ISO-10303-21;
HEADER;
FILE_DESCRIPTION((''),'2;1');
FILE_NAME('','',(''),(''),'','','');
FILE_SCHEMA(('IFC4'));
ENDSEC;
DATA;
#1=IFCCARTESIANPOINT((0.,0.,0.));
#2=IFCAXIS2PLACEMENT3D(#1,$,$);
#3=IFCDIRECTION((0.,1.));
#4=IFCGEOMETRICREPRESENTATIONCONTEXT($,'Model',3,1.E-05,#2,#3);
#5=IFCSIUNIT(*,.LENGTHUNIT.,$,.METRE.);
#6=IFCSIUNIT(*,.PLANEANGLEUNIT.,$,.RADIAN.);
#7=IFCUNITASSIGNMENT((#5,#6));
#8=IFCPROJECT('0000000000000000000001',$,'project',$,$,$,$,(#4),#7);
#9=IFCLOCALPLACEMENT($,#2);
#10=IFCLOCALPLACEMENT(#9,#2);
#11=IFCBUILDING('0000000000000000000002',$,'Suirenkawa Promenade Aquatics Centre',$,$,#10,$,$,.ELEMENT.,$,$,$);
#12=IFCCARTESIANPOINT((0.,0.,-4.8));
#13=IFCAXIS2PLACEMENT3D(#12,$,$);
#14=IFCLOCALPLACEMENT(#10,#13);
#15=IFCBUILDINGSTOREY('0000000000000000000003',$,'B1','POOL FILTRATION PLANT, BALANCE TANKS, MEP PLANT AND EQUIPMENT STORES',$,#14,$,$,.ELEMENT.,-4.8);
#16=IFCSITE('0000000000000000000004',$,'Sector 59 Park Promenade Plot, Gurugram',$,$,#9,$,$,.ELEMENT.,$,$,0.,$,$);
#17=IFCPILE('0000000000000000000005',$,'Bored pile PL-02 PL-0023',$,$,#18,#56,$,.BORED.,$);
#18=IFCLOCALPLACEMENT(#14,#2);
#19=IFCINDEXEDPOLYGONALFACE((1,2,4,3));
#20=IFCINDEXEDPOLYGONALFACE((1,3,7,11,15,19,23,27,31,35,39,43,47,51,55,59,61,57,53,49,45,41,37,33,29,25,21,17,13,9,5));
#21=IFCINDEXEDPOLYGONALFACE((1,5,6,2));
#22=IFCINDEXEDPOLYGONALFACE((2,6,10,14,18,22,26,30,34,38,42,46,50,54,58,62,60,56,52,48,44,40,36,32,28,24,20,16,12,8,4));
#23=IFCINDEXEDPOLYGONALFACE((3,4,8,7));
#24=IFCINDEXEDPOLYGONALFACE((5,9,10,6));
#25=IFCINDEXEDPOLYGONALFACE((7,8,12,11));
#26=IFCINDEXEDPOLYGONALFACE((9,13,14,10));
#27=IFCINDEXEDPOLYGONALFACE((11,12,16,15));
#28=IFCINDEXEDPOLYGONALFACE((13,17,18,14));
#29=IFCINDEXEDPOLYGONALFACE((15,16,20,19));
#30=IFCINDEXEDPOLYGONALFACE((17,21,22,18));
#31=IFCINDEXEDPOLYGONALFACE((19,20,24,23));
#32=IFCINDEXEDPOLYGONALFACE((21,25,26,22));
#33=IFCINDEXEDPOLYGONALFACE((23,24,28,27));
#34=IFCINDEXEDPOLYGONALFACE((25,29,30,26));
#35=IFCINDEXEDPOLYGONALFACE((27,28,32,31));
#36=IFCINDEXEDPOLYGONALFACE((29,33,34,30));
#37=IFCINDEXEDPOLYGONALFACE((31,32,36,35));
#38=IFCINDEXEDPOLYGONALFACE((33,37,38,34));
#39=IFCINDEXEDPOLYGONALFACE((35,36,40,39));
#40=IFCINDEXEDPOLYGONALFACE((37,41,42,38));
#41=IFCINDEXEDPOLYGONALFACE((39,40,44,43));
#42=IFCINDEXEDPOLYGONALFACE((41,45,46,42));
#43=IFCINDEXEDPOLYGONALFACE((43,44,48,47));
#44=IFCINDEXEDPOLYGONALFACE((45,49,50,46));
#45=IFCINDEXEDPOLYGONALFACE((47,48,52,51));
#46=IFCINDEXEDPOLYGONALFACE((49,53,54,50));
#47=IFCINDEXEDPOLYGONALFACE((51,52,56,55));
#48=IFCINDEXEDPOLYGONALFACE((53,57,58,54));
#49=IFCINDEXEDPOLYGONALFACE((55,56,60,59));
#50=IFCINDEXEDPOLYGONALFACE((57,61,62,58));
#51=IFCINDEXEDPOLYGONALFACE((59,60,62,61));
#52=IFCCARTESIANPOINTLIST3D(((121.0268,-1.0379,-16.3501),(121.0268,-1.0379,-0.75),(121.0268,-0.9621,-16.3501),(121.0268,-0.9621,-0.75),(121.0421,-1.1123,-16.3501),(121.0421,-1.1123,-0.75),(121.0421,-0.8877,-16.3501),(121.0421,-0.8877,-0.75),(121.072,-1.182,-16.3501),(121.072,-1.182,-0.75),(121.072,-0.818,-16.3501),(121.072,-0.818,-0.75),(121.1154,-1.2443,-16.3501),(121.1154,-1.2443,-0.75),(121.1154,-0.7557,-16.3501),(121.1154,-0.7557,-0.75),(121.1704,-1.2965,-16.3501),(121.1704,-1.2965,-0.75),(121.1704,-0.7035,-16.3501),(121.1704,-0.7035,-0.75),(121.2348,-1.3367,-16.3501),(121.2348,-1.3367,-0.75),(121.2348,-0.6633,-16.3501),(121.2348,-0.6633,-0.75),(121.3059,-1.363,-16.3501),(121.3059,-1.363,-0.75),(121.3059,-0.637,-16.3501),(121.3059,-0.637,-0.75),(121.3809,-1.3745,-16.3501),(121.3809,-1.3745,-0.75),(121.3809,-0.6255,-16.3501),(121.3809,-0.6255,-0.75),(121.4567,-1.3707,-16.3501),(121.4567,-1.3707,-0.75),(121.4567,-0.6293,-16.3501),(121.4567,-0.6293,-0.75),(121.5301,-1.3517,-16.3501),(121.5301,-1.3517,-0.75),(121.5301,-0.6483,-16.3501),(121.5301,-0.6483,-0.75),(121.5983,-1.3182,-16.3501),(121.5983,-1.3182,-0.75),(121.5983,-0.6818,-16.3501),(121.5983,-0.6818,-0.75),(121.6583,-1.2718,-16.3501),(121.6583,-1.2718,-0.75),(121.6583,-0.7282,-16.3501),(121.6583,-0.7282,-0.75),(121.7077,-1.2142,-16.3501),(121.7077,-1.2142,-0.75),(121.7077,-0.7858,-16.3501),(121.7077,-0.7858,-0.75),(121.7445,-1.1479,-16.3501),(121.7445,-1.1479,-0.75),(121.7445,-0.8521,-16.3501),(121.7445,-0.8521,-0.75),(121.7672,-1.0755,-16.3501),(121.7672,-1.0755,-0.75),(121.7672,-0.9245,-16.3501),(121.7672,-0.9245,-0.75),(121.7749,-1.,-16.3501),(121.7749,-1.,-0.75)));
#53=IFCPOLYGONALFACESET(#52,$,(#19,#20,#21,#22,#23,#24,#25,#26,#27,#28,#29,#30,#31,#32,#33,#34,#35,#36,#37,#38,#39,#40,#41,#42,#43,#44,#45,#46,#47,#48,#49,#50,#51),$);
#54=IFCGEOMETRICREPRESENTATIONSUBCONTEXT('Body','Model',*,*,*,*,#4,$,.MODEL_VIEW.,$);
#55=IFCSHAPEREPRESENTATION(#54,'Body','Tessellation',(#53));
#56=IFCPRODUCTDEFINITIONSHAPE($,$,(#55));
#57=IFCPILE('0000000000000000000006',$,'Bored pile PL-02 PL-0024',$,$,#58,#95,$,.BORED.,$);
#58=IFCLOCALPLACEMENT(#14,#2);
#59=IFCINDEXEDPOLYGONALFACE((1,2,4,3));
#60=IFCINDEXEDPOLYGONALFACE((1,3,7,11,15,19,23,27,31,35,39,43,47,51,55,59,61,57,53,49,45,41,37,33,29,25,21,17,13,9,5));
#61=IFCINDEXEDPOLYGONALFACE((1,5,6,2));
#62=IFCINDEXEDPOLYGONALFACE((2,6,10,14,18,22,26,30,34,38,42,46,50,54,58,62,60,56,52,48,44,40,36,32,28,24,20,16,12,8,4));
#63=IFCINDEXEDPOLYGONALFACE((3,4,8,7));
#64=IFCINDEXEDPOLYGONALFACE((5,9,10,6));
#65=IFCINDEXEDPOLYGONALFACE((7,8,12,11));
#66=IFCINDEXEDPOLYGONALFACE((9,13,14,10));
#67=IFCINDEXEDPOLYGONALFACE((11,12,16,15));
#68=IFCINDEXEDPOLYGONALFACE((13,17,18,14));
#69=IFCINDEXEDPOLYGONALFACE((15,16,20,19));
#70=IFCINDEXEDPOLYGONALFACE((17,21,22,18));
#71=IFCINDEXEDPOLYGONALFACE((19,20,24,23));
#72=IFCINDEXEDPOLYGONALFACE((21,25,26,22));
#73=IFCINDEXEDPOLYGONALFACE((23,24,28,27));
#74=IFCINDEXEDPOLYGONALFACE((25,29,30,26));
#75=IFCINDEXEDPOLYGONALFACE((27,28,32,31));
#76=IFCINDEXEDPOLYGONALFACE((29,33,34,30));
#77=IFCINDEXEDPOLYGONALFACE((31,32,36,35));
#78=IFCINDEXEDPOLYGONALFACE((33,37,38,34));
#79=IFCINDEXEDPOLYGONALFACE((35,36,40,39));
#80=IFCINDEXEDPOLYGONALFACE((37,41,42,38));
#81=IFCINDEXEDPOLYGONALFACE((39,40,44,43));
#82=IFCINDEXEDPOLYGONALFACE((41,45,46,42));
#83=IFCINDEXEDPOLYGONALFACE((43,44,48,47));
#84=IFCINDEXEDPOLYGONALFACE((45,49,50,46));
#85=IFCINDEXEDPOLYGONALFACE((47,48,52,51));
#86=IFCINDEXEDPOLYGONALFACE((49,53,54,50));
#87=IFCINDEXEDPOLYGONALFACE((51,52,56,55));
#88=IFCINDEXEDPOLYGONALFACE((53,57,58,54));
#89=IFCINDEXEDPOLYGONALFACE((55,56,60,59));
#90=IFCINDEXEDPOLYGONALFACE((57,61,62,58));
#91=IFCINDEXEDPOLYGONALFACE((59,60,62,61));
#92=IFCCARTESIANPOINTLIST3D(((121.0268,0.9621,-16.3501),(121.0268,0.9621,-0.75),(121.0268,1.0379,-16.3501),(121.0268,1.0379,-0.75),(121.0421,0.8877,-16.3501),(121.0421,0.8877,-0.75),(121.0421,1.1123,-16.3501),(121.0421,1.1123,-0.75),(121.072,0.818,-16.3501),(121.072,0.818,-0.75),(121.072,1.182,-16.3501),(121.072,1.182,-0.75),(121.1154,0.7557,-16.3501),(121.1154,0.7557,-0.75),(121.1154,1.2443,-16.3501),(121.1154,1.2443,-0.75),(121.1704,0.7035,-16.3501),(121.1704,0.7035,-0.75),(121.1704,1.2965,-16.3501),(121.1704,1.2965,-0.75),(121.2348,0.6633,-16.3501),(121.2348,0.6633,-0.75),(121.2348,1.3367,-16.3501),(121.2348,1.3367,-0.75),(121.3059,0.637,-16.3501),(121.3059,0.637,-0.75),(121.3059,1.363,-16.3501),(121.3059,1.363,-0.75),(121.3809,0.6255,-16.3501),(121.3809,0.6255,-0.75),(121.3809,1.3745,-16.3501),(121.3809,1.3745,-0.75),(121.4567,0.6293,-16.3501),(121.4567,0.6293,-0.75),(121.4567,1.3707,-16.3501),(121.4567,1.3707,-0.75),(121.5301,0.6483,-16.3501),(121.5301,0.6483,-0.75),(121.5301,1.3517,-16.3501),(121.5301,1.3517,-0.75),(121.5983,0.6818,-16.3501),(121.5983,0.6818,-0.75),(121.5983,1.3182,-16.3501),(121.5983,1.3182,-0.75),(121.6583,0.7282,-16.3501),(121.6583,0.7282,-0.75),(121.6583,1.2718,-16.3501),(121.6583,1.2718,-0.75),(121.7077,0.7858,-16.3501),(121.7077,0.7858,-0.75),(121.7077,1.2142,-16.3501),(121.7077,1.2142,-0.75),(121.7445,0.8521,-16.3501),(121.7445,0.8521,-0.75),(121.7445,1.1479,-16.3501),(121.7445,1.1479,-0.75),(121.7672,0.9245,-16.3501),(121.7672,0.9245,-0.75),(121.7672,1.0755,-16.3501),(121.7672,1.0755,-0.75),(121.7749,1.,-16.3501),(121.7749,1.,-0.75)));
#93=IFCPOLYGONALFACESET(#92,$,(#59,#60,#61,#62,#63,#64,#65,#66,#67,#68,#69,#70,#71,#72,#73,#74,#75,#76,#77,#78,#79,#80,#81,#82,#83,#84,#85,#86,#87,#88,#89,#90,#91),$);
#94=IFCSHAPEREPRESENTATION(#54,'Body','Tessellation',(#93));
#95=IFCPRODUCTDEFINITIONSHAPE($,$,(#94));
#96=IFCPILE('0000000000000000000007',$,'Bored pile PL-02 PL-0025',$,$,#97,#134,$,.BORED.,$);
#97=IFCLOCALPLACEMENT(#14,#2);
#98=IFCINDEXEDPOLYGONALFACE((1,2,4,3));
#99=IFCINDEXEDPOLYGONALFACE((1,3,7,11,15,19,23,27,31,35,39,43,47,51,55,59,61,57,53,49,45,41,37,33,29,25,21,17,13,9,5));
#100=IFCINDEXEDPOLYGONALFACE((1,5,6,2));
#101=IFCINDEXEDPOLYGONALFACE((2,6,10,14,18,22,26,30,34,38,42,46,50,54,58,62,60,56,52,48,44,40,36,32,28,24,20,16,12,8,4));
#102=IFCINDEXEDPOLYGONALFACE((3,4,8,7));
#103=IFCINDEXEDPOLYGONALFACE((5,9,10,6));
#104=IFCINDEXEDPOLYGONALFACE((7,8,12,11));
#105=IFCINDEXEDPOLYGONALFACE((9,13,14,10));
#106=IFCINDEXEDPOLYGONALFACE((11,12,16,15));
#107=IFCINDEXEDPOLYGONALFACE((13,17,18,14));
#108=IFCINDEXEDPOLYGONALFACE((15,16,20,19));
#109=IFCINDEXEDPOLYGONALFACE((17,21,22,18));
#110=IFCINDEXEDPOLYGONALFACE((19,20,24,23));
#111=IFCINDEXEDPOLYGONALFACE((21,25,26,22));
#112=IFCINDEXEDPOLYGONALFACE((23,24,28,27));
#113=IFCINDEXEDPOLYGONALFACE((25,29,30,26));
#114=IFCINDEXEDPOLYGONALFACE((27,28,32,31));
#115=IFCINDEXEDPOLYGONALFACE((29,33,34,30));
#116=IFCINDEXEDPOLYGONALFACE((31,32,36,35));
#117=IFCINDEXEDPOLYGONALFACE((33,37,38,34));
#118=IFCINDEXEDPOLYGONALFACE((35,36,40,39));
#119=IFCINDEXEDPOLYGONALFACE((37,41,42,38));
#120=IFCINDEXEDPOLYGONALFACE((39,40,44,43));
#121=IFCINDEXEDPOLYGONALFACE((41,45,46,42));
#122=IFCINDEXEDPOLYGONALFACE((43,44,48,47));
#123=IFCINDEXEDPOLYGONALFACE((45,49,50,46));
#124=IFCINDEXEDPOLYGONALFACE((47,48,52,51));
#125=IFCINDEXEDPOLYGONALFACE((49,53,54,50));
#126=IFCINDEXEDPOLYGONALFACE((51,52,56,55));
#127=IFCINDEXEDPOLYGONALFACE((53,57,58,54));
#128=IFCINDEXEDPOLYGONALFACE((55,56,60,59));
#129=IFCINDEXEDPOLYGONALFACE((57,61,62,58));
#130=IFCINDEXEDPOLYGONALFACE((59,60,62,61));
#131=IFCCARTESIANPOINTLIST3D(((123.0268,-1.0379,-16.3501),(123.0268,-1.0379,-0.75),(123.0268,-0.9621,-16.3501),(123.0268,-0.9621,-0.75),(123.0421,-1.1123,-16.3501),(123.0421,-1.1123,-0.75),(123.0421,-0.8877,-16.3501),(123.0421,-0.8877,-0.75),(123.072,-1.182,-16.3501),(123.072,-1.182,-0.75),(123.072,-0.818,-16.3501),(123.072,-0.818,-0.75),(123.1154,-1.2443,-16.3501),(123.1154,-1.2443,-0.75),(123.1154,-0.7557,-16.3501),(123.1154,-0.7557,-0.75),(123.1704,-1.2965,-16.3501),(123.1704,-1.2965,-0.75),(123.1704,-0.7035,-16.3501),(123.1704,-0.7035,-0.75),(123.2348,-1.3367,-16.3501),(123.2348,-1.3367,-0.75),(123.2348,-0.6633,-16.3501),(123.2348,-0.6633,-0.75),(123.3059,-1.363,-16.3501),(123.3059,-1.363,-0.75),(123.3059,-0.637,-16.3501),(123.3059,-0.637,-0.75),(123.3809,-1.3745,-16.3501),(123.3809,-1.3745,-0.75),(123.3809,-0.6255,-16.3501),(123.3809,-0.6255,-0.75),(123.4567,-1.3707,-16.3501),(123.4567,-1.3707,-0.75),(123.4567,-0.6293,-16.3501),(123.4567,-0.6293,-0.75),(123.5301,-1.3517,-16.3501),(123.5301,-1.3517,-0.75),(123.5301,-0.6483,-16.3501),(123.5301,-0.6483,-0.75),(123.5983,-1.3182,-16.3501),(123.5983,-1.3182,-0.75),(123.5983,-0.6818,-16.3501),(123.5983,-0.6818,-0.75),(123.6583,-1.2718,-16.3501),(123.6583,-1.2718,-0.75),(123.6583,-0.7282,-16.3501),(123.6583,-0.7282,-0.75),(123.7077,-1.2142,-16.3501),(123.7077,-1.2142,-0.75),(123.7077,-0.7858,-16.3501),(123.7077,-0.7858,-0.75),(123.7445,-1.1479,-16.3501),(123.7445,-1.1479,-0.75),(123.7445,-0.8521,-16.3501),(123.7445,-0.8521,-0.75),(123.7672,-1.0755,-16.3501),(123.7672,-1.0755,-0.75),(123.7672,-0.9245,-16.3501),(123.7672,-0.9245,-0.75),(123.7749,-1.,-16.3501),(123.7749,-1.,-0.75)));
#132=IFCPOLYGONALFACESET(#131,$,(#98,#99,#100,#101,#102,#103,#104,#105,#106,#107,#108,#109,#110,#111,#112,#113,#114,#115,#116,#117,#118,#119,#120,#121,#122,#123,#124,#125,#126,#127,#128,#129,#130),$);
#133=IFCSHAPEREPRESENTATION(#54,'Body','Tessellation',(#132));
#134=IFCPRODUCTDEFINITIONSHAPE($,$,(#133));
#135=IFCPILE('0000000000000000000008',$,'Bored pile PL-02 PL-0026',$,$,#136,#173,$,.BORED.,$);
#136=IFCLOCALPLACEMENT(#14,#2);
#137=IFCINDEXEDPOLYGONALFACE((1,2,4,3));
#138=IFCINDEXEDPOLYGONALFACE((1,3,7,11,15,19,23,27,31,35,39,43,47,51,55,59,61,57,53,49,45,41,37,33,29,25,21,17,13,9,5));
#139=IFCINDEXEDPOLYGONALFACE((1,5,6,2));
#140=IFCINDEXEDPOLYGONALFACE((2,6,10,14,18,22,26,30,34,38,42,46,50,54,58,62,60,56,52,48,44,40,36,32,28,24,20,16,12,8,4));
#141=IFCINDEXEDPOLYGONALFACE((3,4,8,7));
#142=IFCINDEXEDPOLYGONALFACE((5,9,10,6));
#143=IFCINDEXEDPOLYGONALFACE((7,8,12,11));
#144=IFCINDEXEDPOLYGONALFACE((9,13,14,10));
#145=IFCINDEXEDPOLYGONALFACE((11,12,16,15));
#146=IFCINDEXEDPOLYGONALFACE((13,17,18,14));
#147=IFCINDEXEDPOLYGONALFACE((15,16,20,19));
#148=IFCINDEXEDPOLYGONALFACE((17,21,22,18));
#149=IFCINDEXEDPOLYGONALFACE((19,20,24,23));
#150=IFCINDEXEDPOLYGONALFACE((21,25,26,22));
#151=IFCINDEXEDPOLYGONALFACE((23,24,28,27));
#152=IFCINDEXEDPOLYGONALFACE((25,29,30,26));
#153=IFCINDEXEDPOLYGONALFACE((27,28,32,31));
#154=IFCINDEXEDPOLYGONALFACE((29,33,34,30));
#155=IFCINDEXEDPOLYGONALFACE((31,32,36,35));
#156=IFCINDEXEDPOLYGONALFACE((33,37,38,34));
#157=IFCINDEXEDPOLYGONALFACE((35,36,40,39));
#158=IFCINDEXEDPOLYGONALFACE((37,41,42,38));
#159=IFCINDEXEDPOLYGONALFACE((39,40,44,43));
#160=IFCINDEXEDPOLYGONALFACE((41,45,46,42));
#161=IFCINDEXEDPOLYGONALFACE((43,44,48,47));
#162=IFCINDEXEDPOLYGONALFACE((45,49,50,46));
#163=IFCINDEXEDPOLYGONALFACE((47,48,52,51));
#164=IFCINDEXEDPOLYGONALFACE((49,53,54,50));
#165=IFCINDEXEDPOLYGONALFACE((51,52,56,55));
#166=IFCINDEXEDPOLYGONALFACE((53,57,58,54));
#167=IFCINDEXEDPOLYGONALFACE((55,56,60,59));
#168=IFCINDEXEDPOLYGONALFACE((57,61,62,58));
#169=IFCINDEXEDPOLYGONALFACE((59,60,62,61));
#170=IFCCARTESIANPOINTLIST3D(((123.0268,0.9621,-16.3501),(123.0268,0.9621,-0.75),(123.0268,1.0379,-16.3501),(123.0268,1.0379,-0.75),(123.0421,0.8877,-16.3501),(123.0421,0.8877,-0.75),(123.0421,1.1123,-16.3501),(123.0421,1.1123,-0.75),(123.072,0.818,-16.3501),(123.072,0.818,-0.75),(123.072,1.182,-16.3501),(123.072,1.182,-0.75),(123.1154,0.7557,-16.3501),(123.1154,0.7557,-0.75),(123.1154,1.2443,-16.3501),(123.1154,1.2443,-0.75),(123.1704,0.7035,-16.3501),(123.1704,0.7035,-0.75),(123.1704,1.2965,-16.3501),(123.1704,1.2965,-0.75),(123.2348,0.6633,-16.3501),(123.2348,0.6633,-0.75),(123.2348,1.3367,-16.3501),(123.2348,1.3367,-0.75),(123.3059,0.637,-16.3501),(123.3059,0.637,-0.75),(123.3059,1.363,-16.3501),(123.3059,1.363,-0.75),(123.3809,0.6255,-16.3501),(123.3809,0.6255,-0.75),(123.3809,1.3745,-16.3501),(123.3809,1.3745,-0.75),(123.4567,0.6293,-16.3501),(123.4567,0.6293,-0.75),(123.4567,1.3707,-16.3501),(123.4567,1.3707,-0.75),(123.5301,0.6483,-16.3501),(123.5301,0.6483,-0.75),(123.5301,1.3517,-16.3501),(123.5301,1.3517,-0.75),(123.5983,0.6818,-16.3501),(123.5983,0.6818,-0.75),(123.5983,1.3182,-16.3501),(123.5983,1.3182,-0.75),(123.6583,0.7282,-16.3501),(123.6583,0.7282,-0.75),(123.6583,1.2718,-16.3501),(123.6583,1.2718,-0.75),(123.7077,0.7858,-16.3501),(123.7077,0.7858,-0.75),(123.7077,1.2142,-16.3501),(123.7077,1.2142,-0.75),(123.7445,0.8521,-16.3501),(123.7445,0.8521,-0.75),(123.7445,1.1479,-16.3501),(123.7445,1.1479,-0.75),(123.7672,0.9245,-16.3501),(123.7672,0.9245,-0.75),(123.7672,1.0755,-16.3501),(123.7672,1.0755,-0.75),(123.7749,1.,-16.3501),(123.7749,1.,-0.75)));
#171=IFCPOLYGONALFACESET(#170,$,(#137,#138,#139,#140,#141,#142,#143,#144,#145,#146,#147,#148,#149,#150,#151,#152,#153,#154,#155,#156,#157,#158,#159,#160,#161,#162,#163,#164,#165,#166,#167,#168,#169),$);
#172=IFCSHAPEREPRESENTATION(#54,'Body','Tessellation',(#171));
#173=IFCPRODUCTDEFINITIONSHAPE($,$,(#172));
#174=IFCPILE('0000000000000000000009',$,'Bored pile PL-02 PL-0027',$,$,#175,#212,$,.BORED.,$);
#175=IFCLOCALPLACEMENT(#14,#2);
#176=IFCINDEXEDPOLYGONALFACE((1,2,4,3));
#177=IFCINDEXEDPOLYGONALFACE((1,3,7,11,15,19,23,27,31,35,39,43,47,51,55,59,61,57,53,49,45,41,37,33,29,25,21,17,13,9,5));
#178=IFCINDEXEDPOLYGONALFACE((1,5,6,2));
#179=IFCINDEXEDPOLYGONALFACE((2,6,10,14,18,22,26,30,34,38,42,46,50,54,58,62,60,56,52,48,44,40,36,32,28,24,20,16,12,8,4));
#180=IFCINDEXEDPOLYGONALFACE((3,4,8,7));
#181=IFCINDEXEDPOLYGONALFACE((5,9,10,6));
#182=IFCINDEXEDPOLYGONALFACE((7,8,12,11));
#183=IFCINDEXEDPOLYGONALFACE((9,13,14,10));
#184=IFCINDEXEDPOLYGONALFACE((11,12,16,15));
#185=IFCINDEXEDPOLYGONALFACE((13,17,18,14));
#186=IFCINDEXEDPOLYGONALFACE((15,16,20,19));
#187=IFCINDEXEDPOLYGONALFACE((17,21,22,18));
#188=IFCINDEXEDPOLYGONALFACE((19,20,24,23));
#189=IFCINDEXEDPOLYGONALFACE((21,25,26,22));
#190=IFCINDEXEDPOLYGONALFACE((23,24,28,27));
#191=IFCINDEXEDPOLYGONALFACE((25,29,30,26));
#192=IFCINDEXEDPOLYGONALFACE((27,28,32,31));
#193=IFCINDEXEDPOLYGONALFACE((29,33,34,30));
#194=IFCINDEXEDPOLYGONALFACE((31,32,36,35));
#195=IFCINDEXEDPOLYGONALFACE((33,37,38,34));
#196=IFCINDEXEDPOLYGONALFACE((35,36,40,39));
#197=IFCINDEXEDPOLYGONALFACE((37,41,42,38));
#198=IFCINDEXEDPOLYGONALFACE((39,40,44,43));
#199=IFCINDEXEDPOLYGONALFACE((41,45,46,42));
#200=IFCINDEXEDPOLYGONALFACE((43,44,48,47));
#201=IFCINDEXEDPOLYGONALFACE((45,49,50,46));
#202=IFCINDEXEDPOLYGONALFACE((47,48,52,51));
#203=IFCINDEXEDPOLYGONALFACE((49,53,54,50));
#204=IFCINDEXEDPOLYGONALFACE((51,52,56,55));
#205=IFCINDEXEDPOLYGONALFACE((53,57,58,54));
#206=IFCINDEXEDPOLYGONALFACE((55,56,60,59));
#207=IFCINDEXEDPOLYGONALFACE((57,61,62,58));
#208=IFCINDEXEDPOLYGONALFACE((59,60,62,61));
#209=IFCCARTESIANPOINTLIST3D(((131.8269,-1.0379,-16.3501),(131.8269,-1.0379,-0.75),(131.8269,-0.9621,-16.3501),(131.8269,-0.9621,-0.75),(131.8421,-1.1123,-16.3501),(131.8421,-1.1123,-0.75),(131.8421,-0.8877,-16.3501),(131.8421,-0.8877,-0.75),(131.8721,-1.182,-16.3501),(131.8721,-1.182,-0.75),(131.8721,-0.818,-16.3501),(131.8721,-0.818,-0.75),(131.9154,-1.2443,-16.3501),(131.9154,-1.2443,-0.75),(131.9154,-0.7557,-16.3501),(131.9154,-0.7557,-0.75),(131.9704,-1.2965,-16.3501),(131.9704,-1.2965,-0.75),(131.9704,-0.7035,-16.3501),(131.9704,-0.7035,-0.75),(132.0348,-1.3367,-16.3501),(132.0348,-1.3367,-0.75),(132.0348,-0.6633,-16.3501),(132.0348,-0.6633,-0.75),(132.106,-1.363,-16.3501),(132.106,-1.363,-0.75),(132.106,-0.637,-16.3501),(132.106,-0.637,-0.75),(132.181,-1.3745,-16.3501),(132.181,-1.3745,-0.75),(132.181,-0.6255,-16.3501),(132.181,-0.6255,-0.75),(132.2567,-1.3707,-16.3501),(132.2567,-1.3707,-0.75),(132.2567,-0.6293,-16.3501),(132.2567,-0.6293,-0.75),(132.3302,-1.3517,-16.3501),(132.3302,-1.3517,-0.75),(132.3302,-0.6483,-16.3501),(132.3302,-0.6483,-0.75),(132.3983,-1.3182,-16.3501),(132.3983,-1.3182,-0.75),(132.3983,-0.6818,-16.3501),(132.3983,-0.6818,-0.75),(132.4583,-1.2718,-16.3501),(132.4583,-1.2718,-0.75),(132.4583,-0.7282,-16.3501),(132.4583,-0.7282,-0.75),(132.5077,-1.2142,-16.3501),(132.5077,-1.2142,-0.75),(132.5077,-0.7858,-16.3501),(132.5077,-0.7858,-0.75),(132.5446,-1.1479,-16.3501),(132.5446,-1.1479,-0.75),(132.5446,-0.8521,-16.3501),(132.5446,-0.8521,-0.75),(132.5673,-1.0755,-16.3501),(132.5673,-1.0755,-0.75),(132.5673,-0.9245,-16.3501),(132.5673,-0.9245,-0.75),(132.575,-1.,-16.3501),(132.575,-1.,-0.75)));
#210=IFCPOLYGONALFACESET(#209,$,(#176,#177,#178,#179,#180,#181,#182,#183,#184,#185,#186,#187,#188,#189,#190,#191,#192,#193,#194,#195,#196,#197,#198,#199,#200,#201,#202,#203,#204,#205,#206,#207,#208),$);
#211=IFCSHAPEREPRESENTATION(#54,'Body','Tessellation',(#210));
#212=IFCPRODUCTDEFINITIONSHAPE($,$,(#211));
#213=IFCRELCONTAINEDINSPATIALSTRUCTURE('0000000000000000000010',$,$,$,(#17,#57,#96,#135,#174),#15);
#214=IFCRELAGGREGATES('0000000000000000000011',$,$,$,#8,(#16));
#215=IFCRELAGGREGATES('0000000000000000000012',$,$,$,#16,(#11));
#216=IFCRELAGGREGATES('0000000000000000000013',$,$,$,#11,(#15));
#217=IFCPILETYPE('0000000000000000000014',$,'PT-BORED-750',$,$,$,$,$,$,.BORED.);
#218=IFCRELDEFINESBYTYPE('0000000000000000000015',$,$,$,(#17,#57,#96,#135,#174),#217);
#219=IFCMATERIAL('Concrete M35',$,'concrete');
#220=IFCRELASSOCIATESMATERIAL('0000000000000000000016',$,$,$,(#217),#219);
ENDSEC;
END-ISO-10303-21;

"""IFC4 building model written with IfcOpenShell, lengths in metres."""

from ifc_helpers import new_model, si_unit, direction, frame, origin, origin_2d, place, context, subcontext, project, spatial, circle, extrude, material, material_profile, profile_set, type_object, element, save


model = new_model("IFC4")

# Units and contexts
model_context = context("Model", 3, precision=1e-05, world=origin(), true_north=direction((0.0, 1.0)))
body_context = subcontext(model_context, "Body", "Model", "MODEL_VIEW")
ifc_project = project(units=[si_unit("LENGTHUNIT", "METRE"), si_unit("PLANEANGLEUNIT", "RADIAN")], contexts=[model_context])

# Site, building, storey
site_placement = place(None, origin())
site = spatial("IfcSite", under=ifc_project, at=site_placement, Name="Sector 59 Park Promenade Plot, Gurugram", CompositionType="ELEMENT", RefElevation=0.0)
building_placement = place(site_placement, origin())
building = spatial("IfcBuilding", under=site, at=building_placement, Name="Suirenkawa Promenade Aquatics Centre", CompositionType="ELEMENT")
storey_placement = place(building_placement, frame((0.0, 0.0, -4.8)))
storey = spatial("IfcBuildingStorey", under=building, at=storey_placement, Name="B1", Description="POOL FILTRATION PLANT, BALANCE TANKS, MEP PLANT AND EQUIPMENT STORES", CompositionType="ELEMENT", Elevation=-4.8)

# Shared definitions
ifc_material_1 = material(Name="Concrete M35", Category="concrete")

# Piles
ifc_material_profile_1 = material_profile(ifc_material_1, circle(Radius=0.375, at=origin_2d()), Name="PILE D750", Category="concrete")
ifc_profile_set_1 = profile_set([ifc_material_profile_1], Name="Concrete M35")
pile_type = type_object("IfcPileType", Name="PT-BORED-750", PredefinedType="BORED", material=ifc_profile_set_1)
for number, where, z_axis, x_axis, name in (
    (1, (121.3999, -1.0, -0.75), (0.0, 0.0, -1.0), (1.0, 0.0, 0.0), "Bored pile PL-02 PL-0023"),
    (2, (121.3999, 1.0, -0.75), (0.0, 0.0, -1.0), (1.0, 0.0, 0.0), "Bored pile PL-02 PL-0024"),
    (3, (123.3999, -1.0, -0.75), (0.0, 0.0, -1.0), (1.0, 0.0, 0.0), "Bored pile PL-02 PL-0025"),
    (4, (123.3999, 1.0, -0.75), (0.0, 0.0, -1.0), (1.0, 0.0, 0.0), "Bored pile PL-02 PL-0026"),
    (5, (132.2, -1.0, -0.75), (0.0, 0.0, -1.0), (1.0, 0.0, 0.0), "Bored pile PL-02 PL-0027"),
):
    element("IfcPile", number, at=place(storey_placement, frame(where, z_axis=z_axis, x_axis=x_axis)), inside=storey, type_object=pile_type, Name=name, PredefinedType="BORED", context=body_context, shape_type="SweptSolid", body=[
        extrude(circle(Radius=0.375, at=origin_2d()), origin(), (0.0, 0.0, 1.0), 15.6001),
    ])

save(model, "model.ifc")
